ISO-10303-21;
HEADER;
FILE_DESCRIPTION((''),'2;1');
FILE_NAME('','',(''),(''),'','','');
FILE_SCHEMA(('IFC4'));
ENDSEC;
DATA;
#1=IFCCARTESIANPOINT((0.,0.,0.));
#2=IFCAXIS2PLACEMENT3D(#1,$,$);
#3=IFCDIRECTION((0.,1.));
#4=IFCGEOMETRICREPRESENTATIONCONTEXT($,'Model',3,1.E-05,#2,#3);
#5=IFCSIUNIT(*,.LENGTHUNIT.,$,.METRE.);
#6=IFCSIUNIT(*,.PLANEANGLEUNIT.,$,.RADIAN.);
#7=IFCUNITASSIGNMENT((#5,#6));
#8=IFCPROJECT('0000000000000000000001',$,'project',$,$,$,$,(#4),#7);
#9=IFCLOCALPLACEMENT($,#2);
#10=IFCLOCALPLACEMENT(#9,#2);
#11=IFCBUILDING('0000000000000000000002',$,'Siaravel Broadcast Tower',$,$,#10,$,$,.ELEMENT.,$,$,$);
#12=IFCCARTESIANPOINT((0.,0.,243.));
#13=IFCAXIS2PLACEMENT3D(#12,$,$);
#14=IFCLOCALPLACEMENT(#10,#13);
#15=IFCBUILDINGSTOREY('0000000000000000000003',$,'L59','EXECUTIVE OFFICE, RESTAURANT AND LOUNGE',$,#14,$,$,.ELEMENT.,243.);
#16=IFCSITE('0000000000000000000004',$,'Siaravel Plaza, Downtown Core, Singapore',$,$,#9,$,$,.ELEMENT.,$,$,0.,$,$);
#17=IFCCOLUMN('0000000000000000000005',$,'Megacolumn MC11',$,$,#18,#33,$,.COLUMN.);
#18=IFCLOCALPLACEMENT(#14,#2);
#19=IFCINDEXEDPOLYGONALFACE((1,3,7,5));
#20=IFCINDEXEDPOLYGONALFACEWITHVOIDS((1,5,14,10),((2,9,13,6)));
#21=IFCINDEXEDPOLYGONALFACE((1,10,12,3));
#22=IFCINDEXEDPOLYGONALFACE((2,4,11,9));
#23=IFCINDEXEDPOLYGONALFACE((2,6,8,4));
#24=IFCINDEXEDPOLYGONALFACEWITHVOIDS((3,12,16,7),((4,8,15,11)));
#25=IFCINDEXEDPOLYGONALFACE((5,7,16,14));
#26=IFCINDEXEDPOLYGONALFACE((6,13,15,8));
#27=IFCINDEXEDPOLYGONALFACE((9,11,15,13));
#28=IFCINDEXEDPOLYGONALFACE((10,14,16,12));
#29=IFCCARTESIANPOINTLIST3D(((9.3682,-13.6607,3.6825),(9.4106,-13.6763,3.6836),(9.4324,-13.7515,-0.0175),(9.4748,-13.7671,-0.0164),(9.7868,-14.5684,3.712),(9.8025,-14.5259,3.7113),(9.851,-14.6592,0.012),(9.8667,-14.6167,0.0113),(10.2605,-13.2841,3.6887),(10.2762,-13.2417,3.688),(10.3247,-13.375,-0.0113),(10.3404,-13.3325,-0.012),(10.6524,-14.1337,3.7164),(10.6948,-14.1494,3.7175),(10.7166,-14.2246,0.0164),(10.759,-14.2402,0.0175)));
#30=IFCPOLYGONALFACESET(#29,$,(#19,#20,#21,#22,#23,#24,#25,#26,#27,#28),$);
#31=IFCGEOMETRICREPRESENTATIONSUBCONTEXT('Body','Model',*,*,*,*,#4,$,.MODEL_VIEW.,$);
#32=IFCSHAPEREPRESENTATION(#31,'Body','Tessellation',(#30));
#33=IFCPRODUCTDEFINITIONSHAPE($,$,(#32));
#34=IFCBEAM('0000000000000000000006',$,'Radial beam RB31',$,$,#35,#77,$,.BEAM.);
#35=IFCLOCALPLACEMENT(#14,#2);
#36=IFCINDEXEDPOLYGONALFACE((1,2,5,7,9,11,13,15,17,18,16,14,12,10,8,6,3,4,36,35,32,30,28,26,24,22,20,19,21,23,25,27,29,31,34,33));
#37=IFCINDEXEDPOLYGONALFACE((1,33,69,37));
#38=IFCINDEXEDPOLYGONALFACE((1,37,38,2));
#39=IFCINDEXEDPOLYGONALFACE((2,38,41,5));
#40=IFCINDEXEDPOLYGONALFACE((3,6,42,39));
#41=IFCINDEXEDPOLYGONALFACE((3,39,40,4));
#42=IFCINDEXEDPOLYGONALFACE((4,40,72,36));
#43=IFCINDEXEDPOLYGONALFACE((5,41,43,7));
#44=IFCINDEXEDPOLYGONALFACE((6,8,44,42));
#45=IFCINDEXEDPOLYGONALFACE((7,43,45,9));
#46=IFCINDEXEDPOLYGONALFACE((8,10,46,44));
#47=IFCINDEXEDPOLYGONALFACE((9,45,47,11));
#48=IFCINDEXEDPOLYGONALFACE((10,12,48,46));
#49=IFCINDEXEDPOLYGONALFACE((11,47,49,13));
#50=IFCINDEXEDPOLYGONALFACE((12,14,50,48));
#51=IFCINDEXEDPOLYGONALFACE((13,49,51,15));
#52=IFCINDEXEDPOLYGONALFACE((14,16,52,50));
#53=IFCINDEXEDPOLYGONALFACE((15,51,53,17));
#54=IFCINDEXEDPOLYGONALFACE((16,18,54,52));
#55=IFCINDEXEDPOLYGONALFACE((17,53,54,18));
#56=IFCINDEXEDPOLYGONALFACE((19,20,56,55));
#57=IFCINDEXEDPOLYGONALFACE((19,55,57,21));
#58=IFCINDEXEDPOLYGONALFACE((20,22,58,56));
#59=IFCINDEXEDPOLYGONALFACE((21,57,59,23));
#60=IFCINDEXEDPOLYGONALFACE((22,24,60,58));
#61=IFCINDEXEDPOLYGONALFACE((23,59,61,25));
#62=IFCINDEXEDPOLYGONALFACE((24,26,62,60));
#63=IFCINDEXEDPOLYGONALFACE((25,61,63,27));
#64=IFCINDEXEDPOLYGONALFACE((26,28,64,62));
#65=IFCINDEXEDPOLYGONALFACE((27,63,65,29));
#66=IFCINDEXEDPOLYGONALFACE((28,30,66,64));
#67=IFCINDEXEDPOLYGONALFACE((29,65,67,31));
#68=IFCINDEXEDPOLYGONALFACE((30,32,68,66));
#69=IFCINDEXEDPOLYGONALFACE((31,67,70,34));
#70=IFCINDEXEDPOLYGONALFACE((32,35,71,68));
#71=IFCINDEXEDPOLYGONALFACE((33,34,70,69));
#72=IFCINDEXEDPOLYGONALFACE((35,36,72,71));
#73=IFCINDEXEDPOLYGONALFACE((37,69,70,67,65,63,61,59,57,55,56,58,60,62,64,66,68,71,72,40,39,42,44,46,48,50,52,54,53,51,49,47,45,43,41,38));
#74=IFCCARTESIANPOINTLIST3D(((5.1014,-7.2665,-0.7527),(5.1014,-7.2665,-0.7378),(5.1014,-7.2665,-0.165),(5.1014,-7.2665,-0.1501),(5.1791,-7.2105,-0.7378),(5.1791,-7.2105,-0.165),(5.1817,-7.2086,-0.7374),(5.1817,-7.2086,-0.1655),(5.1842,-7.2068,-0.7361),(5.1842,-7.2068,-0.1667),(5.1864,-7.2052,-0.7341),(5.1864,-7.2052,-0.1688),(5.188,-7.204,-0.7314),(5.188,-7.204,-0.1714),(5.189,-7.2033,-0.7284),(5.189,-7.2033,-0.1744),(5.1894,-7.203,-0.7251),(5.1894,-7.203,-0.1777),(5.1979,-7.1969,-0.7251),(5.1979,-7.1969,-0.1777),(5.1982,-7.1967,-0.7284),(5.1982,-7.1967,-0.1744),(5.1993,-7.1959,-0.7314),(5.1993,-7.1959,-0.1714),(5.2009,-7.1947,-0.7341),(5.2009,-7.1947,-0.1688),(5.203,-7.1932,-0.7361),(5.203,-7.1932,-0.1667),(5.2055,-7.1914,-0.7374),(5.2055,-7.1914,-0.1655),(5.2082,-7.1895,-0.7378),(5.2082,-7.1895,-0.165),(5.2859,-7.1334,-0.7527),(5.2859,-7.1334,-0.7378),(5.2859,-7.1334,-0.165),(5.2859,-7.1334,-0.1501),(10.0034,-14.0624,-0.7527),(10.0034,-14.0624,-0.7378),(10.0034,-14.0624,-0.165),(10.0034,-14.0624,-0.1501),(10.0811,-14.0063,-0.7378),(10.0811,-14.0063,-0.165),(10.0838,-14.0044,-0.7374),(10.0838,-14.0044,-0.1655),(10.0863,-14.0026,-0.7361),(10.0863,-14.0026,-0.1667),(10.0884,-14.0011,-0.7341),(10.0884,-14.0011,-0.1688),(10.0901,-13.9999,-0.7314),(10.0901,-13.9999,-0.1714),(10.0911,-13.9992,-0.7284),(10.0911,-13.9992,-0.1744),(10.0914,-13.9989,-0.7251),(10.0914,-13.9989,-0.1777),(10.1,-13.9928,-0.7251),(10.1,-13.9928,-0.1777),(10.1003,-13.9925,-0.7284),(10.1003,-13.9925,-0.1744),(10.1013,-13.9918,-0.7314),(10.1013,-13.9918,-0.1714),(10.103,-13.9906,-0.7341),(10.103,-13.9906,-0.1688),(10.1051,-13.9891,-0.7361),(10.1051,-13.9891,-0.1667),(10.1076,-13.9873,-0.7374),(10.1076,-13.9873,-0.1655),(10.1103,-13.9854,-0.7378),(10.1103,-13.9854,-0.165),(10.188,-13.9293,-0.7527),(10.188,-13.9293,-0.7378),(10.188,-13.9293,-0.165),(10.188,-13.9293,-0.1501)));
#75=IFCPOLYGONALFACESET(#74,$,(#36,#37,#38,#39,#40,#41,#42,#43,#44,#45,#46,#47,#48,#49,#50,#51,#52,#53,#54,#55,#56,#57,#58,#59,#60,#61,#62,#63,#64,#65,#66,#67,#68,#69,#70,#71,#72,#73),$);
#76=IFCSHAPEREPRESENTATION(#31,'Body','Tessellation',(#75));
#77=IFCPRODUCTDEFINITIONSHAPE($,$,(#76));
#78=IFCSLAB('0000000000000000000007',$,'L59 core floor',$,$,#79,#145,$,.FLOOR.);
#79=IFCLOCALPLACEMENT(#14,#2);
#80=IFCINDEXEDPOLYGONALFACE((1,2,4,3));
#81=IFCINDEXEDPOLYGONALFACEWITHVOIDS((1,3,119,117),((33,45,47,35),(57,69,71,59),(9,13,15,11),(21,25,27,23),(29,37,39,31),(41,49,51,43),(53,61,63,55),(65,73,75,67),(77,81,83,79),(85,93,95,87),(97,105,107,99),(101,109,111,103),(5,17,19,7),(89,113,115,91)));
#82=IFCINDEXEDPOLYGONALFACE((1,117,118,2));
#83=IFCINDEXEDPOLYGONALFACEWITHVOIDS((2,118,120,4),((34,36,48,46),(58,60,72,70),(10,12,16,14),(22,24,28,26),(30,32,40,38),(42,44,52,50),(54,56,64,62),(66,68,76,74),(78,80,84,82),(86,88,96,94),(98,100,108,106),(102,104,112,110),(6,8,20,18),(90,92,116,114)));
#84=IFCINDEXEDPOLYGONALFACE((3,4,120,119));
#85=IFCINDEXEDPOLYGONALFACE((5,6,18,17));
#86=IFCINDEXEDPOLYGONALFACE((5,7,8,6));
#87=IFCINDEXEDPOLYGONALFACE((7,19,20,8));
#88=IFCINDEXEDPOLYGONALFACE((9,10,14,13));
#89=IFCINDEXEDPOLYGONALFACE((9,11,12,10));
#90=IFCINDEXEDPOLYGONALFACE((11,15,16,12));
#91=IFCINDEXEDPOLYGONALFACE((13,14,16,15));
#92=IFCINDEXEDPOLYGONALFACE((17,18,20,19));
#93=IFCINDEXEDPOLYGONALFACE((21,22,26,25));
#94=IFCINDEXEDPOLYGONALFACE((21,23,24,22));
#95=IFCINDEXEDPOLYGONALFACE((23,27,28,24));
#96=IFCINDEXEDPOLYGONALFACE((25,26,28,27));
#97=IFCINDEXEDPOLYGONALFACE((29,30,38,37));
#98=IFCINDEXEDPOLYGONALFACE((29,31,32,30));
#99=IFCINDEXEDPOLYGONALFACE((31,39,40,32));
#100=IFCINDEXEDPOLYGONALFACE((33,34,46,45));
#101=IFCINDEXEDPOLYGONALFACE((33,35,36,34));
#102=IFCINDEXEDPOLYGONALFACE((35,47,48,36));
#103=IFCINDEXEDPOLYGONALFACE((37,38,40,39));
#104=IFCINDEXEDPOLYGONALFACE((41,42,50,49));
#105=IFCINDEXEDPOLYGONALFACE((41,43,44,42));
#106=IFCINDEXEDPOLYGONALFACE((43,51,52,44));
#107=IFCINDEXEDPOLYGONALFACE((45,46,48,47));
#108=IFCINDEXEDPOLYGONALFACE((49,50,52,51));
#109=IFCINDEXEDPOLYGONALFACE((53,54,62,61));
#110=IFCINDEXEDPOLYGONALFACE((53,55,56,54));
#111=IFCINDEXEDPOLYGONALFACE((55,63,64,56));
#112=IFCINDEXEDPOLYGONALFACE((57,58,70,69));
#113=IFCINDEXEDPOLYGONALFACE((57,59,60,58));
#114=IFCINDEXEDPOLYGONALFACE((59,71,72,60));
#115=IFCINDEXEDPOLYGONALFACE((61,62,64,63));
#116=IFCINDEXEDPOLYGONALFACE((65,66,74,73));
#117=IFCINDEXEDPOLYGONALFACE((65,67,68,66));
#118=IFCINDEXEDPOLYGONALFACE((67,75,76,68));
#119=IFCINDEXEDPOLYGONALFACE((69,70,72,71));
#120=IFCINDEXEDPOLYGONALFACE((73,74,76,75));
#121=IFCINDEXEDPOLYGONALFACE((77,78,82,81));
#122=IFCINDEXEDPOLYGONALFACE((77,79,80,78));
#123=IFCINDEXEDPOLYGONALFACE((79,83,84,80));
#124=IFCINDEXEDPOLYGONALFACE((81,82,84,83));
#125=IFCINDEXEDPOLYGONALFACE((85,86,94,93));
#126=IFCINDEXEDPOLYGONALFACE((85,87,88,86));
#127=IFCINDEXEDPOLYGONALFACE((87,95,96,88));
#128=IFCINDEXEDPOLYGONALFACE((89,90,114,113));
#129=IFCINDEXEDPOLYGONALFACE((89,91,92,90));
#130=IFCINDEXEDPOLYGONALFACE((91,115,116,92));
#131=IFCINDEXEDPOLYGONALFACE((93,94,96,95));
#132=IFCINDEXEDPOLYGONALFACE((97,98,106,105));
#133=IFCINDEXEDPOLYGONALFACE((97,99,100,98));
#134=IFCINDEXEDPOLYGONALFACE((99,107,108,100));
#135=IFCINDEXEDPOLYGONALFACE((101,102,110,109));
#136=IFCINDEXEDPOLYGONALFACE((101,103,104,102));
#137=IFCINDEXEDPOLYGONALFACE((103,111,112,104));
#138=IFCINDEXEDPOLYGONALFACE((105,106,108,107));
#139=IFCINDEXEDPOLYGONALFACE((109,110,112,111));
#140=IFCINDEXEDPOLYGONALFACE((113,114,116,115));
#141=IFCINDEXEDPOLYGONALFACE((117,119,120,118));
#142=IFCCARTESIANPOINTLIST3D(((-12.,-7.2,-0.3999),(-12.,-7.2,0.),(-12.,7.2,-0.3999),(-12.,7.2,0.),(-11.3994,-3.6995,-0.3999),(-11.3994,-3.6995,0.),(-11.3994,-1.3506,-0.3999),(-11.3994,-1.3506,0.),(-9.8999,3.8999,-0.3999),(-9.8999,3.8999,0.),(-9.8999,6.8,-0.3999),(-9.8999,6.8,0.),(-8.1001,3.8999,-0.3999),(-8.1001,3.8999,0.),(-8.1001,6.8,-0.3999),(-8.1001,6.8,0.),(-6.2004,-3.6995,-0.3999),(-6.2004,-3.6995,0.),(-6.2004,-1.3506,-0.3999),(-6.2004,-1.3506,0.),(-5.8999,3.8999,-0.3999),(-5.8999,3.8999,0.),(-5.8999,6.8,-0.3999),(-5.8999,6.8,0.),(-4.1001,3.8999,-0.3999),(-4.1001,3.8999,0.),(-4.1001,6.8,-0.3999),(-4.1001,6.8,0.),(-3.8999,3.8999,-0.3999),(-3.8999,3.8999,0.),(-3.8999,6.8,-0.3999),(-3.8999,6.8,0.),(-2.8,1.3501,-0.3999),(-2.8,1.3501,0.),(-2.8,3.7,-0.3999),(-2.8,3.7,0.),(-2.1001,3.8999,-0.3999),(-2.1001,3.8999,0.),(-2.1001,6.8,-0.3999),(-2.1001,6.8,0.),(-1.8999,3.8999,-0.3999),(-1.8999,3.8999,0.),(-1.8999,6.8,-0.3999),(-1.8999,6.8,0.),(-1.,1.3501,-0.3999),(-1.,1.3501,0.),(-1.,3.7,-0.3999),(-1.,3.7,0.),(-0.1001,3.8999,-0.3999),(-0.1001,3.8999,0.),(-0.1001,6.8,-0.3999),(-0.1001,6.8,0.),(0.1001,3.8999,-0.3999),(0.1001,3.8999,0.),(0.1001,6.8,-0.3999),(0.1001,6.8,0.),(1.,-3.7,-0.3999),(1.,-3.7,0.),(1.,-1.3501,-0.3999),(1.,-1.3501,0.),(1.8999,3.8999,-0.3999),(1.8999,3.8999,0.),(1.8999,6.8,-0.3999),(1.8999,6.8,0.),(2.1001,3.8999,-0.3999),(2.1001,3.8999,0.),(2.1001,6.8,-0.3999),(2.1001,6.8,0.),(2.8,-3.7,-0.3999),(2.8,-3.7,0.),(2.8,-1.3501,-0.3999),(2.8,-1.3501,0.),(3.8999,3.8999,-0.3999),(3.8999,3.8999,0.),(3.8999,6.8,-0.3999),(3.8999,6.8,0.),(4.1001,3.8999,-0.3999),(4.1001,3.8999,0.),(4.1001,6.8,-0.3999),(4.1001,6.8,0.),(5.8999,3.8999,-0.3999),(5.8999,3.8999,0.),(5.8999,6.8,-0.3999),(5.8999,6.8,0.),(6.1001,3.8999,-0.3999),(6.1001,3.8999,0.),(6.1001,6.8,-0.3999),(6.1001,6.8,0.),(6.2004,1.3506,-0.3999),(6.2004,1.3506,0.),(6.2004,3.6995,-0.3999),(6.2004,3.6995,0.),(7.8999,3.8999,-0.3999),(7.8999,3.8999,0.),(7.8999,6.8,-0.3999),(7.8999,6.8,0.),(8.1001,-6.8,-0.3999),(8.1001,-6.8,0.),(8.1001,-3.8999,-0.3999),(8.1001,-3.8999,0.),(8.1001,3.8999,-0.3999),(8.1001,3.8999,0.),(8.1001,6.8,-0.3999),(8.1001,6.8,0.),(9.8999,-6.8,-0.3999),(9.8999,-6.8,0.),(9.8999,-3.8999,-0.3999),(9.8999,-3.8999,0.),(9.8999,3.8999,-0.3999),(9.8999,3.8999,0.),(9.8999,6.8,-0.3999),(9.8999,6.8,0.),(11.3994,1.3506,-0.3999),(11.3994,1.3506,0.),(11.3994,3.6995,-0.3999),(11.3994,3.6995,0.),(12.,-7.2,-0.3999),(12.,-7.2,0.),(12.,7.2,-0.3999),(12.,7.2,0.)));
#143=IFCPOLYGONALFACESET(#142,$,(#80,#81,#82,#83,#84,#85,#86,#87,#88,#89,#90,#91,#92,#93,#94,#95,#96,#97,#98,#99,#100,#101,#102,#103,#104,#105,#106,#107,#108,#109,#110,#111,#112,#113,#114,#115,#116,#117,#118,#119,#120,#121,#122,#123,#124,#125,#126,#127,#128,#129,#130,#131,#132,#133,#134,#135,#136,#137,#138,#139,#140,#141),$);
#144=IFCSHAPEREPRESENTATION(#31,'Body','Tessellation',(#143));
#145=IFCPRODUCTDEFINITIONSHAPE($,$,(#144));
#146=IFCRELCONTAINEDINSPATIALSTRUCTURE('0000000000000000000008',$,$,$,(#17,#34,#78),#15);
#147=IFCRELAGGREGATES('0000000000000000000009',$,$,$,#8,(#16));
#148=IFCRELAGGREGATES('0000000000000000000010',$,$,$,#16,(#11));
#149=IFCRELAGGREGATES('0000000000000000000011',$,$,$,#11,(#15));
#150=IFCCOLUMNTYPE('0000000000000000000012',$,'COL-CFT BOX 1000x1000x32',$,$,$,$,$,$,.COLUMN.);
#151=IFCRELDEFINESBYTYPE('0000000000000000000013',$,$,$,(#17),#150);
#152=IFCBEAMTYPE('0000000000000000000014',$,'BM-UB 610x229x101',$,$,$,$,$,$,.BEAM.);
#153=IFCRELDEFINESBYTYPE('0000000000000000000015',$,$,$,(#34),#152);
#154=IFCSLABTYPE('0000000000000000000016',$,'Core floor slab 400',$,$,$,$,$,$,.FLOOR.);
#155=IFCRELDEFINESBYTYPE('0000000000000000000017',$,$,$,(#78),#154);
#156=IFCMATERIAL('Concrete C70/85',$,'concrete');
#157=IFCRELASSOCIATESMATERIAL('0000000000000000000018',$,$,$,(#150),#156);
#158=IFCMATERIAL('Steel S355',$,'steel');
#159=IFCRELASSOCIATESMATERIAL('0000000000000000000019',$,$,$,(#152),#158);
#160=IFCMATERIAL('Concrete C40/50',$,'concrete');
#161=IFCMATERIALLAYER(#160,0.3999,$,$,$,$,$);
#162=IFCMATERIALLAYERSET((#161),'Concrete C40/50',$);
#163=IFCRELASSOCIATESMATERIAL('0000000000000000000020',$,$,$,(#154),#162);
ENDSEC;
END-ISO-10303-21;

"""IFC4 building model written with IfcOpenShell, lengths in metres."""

from ifc_helpers import new_model, si_unit, direction, frame, origin, origin_2d, place, context, subcontext, project, spatial, polyline, hollow_rectangle, i_section, outline, extrude, material, layer, layer_set, material_profile, profile_set, type_object, element, save


model = new_model("IFC4")

# Units and contexts
model_context = context("Model", 3, precision=1e-05, world=origin(), true_north=direction((0.0, 1.0)))
body_context = subcontext(model_context, "Body", "Model", "MODEL_VIEW")
ifc_project = project(units=[si_unit("LENGTHUNIT", "METRE"), si_unit("PLANEANGLEUNIT", "RADIAN")], contexts=[model_context])

# Site, building, storey
site_placement = place(None, origin())
site = spatial("IfcSite", under=ifc_project, at=site_placement, Name="Siaravel Plaza, Downtown Core, Singapore", CompositionType="ELEMENT", RefElevation=0.0)
building_placement = place(site_placement, origin())
building = spatial("IfcBuilding", under=site, at=building_placement, Name="Siaravel Broadcast Tower", CompositionType="ELEMENT")
storey_placement = place(building_placement, frame((0.0, 0.0, 243.0)))
storey = spatial("IfcBuildingStorey", under=building, at=storey_placement, Name="L59", Description="EXECUTIVE OFFICE, RESTAURANT AND LOUNGE", CompositionType="ELEMENT", Elevation=243.0)

# Column
ifc_material_1 = material(Name="Concrete C70/85", Category="concrete")
ifc_material_profile_1 = material_profile(ifc_material_1, hollow_rectangle(XDim=1.0, YDim=1.0, WallThickness=0.032, at=origin_2d()))
ifc_profile_set_1 = profile_set([ifc_material_profile_1], Name="Concrete C70/85")
column_type = type_object("IfcColumnType", Name="COL-CFT BOX 1000x1000x32", PredefinedType="COLUMN", material=ifc_profile_set_1)
column_placement = place(storey_placement, frame((10.0957, -13.9958, 0.0), z_axis=(-0.017346, 0.024535, 0.999548), x_axis=(-0.907979, -0.418979, -0.005473)))
element("IfcColumn", 1, at=column_placement, inside=storey, type_object=column_type, Name="Megacolumn MC11", PredefinedType="COLUMN", context=body_context, shape_type="SweptSolid", body=[
    extrude(hollow_rectangle(XDim=1.0, YDim=1.0, WallThickness=0.032, at=origin_2d()), origin(), (0.0, 0.0, 1.0), 3.7017),
])

# Beam
ifc_material_2 = material(Name="Steel S355", Category="steel")
ifc_material_profile_2 = material_profile(ifc_material_2, i_section(OverallWidth=0.2275, OverallDepth=0.6025, WebThickness=0.0105, FlangeThickness=0.0149, FilletRadius=0.0127, at=origin_2d()))
ifc_profile_set_2 = profile_set([ifc_material_profile_2], Name="Steel S355")
beam_type = type_object("IfcBeamType", Name="BM-UB 610x229x101", PredefinedType="BEAM", material=ifc_profile_set_2)
beam_placement = place(storey_placement, frame((10.0957, -13.9958, -0.4514), z_axis=(-0.585016, 0.811022, 0.0), x_axis=(-0.811022, -0.585016, 0.0)))
element("IfcBeam", 2, at=beam_placement, inside=storey, type_object=beam_type, Name="Radial beam RB31", PredefinedType="BEAM", context=body_context, shape_type="SweptSolid", body=[
    extrude(i_section(OverallWidth=0.2275, OverallDepth=0.6025, WebThickness=0.0105, FlangeThickness=0.0149, FilletRadius=0.0127, at=origin_2d()), origin(), (0.0, 0.0, 1.0), 8.3794),
])

# Slab
ifc_material_3 = material(Name="Concrete C40/50", Category="concrete")
ifc_layer_1 = layer(ifc_material_3, 0.3999)
ifc_layer_set_1 = layer_set([ifc_layer_1], Name="Concrete C40/50")
slab_type_1 = type_object("IfcSlabType", Name="Core floor slab 400", PredefinedType="FLOOR", material=ifc_layer_set_1)
slab_1_placement = place(storey_placement, frame((0.0, 0.0, -0.3999)))
element("IfcSlab", 3, at=slab_1_placement, inside=storey, type_object=slab_type_1, Name="L59 core floor", PredefinedType="FLOOR", context=body_context, shape_type="SweptSolid", body=[
    extrude(outline(polyline([(-12.0, -7.2), (-12.0, 7.2), (12.0, 7.2), (12.0, -7.2), (-12.0, -7.2)]), holes=[polyline([(11.3994, 1.3506), (11.3994, 3.6995), (6.2004, 3.6995), (6.2004, 1.3506), (11.3994, 1.3506)]), polyline([(8.1001, -3.8999), (8.1001, -6.8), (9.8999, -6.8), (9.8999, -3.8999), (8.1001, -3.8999)]), polyline([(9.8999, 6.8), (8.1001, 6.8), (8.1001, 3.8999), (9.8999, 3.8999), (9.8999, 6.8)]), polyline([(7.8999, 6.8), (6.1001, 6.8), (6.1001, 3.8999), (7.8999, 3.8999), (7.8999, 6.8)]), polyline([(5.8999, 6.8), (4.1001, 6.8), (4.1001, 3.8999), (5.8999, 3.8999), (5.8999, 6.8)]), polyline([(3.8999, 6.8), (2.1001, 6.8), (2.1001, 3.8999), (3.8999, 3.8999), (3.8999, 6.8)]), polyline([(2.8, -1.3501), (1.0, -1.3501), (1.0, -3.7), (2.8, -3.7), (2.8, -1.3501)]), polyline([(1.8999, 6.8), (0.1001, 6.8), (0.1001, 3.8999), (1.8999, 3.8999), (1.8999, 6.8)]), polyline([(-0.1001, 6.8), (-1.8999, 6.8), (-1.8999, 3.8999), (-0.1001, 3.8999), (-0.1001, 6.8)]), polyline([(-1.0, 3.7), (-2.8, 3.7), (-2.8, 1.3501), (-1.0, 1.3501), (-1.0, 3.7)]), polyline([(-2.1001, 6.8), (-3.8999, 6.8), (-3.8999, 3.8999), (-2.1001, 3.8999), (-2.1001, 6.8)]), polyline([(-4.1001, 6.8), (-5.8999, 6.8), (-5.8999, 3.8999), (-4.1001, 3.8999), (-4.1001, 6.8)]), polyline([(-11.3994, -3.6995), (-6.2004, -3.6995), (-6.2004, -1.3506), (-11.3994, -1.3506), (-11.3994, -3.6995)]), polyline([(-8.1001, 6.8), (-9.8999, 6.8), (-9.8999, 3.8999), (-8.1001, 3.8999), (-8.1001, 6.8)])]), origin(), (0.0, 0.0, 1.0), 0.3999),
])

save(model, "model.ifc")
